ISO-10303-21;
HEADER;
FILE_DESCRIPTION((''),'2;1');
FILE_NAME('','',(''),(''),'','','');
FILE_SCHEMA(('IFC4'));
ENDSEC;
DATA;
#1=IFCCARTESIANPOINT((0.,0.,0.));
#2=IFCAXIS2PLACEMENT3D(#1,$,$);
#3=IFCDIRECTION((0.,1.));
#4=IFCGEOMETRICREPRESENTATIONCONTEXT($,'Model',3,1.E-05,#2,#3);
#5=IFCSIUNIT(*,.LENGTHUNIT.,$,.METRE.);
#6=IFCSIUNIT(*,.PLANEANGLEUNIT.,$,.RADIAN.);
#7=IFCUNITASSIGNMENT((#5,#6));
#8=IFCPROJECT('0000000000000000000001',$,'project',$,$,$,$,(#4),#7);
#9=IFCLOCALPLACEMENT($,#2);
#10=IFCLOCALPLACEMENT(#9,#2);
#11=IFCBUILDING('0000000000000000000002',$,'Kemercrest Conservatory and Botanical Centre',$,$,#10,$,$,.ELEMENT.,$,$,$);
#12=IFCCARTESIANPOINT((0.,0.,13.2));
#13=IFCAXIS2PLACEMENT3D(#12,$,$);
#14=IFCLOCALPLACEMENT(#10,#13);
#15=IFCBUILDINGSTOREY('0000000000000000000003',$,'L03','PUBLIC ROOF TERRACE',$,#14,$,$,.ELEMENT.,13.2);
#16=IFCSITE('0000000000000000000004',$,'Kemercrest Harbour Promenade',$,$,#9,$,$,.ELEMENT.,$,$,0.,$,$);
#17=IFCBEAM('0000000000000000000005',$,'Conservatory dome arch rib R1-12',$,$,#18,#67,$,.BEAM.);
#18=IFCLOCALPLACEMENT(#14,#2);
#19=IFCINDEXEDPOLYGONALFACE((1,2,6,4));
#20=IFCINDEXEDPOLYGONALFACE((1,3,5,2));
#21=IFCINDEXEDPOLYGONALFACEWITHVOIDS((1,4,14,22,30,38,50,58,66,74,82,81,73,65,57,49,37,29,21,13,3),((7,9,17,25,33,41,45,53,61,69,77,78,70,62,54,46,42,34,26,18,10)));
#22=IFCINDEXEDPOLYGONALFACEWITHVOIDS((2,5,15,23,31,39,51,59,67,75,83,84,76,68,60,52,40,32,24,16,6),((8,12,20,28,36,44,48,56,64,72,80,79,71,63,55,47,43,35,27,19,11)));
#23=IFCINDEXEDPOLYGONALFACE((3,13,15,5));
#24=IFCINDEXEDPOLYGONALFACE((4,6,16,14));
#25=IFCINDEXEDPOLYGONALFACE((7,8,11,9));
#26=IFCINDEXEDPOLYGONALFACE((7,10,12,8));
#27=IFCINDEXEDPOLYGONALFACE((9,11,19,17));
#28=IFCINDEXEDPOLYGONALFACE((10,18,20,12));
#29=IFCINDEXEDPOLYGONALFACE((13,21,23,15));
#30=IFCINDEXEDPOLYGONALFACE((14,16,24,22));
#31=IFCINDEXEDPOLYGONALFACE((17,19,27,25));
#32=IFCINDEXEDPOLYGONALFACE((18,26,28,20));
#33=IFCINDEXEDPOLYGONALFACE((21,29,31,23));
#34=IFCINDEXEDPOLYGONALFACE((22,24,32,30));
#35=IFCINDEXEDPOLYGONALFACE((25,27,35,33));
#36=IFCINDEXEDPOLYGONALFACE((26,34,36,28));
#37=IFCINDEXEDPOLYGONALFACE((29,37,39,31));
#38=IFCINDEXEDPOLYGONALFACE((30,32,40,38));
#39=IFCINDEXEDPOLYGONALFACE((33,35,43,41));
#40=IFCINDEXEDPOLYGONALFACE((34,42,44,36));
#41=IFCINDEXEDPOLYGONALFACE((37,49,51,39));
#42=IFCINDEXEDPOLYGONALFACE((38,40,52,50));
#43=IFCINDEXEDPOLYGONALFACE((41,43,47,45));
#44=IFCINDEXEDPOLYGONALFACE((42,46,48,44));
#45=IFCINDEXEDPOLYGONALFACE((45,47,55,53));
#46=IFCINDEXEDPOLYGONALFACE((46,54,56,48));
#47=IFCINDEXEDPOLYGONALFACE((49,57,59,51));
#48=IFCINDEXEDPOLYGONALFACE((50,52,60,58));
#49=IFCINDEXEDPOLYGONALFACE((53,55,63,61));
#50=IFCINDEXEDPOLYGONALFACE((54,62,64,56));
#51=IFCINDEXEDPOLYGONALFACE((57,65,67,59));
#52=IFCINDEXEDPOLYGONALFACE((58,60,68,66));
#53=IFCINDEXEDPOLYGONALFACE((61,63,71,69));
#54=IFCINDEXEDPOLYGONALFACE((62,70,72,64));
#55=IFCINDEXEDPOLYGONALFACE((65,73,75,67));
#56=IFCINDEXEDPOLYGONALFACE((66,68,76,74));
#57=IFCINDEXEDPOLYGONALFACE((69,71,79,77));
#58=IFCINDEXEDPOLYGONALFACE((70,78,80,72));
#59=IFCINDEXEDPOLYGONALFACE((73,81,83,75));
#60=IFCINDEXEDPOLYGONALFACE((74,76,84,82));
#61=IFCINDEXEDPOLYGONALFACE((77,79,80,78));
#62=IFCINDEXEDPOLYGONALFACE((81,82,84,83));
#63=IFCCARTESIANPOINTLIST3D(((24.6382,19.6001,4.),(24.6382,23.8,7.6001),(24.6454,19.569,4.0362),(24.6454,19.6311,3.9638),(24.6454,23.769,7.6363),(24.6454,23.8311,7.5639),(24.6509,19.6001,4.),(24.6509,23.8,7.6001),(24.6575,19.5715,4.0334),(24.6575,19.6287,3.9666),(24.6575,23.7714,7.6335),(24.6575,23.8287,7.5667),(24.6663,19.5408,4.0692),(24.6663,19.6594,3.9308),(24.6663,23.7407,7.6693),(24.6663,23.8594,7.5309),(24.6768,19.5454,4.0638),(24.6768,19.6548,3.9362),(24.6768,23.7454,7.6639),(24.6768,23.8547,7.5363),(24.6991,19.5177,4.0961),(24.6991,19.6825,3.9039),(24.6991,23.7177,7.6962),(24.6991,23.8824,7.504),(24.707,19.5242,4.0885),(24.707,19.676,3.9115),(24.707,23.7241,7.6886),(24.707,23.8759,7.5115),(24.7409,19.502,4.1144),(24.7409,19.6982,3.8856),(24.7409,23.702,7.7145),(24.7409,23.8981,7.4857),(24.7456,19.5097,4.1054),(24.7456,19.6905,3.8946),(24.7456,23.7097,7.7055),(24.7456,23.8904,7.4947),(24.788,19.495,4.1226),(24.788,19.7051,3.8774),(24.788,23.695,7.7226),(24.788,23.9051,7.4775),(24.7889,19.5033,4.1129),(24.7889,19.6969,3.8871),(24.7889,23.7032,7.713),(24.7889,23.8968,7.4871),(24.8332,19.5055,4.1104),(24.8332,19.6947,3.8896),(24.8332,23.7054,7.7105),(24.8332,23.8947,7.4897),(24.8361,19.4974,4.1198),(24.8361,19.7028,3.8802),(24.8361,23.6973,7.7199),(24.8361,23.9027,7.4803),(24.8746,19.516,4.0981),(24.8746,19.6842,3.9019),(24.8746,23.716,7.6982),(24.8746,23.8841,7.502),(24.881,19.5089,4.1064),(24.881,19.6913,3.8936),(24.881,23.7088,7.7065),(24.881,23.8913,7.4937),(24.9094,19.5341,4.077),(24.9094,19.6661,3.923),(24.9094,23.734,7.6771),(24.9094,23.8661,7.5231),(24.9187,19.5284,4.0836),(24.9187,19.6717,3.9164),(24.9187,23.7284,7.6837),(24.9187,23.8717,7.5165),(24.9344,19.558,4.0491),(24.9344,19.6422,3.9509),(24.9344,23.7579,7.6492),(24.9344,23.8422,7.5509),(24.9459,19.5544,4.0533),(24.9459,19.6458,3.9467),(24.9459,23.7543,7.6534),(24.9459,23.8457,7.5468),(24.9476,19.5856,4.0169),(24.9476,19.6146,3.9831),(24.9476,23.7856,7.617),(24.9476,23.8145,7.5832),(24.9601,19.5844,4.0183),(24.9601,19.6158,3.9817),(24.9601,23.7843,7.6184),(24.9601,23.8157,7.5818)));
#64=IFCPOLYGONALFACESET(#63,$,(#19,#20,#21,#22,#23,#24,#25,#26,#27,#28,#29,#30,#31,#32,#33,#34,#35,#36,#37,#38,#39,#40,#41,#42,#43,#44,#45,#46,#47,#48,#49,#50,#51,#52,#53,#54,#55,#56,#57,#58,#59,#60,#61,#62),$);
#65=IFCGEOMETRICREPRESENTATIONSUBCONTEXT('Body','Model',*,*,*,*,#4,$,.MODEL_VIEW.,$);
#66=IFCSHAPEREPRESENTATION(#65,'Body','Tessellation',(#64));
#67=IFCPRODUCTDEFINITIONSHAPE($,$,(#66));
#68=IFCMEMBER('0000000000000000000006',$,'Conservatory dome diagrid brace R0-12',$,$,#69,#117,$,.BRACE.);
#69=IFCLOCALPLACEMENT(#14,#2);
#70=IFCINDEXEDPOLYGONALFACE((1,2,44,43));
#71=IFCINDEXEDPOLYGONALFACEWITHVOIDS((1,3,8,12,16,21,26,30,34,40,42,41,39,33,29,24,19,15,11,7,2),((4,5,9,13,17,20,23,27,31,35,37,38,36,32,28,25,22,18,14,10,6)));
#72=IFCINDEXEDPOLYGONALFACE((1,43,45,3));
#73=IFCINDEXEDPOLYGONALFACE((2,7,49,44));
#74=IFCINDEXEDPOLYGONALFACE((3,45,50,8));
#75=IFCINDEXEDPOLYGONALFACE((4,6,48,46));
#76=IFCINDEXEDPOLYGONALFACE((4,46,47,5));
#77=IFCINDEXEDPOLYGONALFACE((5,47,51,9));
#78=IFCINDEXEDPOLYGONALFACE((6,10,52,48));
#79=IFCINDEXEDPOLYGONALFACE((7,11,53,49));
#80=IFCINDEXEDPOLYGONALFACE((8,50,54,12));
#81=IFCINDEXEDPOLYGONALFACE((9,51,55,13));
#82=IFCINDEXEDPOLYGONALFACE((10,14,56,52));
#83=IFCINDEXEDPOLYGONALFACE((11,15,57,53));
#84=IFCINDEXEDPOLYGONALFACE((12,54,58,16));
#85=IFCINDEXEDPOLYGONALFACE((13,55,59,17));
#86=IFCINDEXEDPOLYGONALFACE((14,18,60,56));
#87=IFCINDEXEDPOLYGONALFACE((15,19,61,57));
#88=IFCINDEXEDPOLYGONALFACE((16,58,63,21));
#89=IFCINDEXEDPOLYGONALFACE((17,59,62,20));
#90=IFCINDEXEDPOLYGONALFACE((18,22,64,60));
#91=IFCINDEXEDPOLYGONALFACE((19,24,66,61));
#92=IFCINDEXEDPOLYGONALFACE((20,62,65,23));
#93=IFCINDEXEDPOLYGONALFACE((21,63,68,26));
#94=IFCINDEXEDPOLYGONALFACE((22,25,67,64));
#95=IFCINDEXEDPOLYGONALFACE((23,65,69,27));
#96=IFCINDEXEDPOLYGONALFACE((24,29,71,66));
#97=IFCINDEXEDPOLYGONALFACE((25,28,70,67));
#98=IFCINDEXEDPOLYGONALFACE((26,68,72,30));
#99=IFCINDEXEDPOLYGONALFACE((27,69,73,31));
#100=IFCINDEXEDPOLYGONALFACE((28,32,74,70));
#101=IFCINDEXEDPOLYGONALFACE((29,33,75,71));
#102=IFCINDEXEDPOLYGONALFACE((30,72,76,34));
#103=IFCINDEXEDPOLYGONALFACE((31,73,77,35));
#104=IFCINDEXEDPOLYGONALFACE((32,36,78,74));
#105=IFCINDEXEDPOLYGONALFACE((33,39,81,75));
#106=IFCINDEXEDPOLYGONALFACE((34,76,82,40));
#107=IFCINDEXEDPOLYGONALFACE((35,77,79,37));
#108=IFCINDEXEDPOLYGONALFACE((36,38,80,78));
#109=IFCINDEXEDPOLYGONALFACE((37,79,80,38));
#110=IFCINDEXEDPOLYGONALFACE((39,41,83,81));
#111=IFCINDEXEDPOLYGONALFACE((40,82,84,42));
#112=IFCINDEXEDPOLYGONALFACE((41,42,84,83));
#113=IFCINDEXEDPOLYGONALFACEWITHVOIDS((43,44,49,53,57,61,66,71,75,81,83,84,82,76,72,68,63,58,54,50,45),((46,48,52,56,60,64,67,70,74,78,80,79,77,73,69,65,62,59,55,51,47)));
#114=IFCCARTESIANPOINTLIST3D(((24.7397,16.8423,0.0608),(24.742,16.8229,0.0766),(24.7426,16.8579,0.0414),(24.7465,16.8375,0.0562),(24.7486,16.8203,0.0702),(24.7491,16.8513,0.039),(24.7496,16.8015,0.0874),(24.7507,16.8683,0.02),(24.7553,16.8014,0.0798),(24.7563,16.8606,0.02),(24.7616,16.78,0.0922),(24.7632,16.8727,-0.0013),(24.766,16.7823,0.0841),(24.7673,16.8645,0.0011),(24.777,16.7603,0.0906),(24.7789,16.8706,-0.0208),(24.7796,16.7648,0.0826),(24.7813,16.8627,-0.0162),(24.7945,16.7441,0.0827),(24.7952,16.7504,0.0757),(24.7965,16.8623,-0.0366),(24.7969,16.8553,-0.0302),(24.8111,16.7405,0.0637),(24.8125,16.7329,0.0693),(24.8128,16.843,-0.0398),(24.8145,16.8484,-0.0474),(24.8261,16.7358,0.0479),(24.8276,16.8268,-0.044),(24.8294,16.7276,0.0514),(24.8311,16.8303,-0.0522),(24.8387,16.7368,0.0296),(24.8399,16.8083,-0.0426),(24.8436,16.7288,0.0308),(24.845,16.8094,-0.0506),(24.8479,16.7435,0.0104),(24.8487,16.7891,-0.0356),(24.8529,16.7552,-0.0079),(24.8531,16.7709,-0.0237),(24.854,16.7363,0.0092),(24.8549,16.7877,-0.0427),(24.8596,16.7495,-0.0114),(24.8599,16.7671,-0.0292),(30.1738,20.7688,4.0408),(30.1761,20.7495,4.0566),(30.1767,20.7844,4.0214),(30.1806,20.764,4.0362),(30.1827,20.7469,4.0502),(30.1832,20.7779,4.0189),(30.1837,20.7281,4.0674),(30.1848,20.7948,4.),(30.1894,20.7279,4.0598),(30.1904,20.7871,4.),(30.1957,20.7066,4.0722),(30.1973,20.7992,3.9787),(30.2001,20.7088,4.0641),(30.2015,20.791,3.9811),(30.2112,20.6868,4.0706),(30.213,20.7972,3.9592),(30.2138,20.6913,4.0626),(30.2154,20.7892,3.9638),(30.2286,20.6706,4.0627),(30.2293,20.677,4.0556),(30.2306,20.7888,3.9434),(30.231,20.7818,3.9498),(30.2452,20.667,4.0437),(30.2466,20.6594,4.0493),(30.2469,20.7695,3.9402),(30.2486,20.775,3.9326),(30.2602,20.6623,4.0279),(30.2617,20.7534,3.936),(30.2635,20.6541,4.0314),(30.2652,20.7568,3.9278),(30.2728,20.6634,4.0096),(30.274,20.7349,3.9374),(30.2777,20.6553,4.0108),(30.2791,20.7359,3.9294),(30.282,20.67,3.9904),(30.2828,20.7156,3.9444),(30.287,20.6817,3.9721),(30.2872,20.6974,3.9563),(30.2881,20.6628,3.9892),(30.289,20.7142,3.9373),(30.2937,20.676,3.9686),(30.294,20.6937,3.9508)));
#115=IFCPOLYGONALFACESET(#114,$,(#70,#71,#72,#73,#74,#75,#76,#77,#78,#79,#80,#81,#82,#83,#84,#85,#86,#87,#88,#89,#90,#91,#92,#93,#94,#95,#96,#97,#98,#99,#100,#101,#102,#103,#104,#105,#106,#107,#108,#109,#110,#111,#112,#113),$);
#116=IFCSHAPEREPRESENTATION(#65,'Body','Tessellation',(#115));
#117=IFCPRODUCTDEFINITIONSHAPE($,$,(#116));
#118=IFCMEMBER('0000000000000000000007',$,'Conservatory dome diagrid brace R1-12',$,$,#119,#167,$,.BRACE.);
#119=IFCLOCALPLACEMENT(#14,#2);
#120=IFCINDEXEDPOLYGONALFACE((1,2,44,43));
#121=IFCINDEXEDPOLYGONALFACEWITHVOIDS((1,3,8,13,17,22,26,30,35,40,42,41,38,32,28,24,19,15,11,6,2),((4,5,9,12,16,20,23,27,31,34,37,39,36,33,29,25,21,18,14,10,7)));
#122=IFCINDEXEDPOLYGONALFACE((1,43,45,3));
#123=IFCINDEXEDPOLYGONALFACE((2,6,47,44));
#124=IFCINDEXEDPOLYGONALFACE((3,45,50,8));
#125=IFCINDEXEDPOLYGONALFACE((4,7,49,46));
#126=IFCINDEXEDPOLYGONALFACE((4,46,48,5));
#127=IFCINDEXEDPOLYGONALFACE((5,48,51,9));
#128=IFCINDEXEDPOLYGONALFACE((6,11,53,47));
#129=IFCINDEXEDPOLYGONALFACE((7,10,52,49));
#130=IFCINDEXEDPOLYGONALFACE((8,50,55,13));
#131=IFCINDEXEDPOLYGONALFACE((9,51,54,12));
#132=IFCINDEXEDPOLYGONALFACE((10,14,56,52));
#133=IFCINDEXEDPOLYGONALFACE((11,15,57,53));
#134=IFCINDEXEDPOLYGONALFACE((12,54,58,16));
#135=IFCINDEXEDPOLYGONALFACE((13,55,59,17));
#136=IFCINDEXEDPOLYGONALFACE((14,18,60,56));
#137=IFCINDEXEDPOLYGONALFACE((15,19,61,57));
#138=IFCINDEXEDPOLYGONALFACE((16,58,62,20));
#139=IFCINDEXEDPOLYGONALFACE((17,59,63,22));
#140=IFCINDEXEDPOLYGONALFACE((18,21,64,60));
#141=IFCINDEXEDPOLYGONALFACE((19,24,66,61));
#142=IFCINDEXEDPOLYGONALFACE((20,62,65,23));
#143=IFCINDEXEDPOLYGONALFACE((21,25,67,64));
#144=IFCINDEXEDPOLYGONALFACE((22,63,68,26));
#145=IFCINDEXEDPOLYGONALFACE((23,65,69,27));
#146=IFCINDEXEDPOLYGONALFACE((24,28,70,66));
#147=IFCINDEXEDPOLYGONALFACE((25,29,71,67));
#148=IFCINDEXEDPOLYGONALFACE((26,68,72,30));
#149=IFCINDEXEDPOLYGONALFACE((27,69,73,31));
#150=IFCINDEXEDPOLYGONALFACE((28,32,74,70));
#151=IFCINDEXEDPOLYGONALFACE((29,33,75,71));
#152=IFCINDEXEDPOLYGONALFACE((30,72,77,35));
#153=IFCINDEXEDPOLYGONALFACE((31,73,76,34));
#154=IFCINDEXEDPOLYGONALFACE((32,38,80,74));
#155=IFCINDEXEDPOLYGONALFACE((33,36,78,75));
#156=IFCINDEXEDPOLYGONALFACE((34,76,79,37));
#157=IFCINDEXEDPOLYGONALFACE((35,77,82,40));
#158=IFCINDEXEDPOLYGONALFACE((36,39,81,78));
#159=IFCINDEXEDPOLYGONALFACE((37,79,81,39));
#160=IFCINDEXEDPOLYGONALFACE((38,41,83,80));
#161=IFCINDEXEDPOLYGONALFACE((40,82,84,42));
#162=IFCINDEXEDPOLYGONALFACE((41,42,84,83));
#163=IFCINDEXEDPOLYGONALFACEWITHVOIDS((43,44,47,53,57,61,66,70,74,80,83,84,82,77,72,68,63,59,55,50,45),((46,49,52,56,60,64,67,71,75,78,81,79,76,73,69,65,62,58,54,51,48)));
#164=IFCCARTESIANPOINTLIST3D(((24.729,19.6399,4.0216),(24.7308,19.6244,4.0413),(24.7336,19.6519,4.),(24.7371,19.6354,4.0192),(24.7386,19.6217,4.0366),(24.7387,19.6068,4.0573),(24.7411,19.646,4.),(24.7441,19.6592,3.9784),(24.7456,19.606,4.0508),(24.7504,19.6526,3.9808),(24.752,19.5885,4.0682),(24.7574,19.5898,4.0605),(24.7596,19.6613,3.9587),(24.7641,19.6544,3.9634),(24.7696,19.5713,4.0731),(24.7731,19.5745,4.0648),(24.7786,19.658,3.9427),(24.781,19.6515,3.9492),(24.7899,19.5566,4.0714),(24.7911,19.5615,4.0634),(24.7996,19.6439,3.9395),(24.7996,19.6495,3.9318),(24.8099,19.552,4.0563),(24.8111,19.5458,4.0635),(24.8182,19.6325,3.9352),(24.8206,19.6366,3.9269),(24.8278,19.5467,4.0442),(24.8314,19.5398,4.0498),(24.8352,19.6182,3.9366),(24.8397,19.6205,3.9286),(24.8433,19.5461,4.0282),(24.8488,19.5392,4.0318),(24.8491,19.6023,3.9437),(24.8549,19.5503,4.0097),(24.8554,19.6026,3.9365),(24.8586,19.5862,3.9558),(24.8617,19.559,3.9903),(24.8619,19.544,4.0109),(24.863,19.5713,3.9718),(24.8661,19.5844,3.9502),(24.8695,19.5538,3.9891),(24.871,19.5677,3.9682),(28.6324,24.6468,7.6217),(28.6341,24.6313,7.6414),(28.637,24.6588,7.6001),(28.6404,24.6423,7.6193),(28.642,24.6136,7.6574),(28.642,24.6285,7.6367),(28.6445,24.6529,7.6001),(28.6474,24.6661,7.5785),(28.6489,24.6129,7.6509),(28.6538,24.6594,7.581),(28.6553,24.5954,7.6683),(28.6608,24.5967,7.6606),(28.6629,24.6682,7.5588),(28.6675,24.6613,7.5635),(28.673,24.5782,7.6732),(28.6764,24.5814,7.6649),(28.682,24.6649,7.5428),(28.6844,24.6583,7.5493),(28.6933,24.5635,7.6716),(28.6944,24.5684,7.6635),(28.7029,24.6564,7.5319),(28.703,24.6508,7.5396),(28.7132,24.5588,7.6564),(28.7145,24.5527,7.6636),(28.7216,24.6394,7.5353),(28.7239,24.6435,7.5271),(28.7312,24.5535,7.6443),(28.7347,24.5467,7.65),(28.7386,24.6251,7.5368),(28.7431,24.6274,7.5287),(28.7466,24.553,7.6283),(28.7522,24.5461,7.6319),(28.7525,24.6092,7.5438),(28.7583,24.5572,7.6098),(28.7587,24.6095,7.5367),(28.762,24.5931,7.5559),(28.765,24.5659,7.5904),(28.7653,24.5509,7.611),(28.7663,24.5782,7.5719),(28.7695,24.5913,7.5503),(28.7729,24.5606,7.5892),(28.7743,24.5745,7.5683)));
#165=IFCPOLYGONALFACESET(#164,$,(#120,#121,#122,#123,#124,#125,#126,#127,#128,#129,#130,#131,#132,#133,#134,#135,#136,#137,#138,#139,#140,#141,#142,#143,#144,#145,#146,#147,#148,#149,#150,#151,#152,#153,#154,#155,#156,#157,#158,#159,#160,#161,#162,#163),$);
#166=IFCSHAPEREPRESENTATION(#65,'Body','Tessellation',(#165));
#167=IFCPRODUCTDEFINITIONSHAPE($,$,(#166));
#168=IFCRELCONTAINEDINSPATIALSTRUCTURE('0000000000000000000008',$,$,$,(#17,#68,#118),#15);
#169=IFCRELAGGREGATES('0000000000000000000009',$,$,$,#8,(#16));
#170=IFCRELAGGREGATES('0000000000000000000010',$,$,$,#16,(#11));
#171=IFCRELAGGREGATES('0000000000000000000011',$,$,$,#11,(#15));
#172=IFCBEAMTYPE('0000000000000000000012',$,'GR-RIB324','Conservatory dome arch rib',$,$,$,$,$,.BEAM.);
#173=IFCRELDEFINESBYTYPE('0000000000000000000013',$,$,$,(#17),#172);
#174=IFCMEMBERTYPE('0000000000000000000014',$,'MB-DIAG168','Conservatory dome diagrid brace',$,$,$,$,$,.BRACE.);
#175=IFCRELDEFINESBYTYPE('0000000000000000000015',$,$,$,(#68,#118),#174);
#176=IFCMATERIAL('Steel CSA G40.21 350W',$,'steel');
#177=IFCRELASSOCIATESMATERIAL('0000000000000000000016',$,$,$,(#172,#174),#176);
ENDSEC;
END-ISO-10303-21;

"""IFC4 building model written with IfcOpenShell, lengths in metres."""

from ifc_helpers import new_model, si_unit, direction, frame, origin, origin_2d, place, context, subcontext, project, spatial, hollow_circle, extrude, material, material_profile, profile_set, type_object, element, save


model = new_model("IFC4")

# Units and contexts
model_context = context("Model", 3, precision=1e-05, world=origin(), true_north=direction((0.0, 1.0)))
body_context = subcontext(model_context, "Body", "Model", "MODEL_VIEW")
ifc_project = project(units=[si_unit("LENGTHUNIT", "METRE"), si_unit("PLANEANGLEUNIT", "RADIAN")], contexts=[model_context])

# Site, building, storey
site_placement = place(None, origin())
site = spatial("IfcSite", under=ifc_project, at=site_placement, Name="Kemercrest Harbour Promenade", CompositionType="ELEMENT", RefElevation=0.0)
building_placement = place(site_placement, origin())
building = spatial("IfcBuilding", under=site, at=building_placement, Name="Kemercrest Conservatory and Botanical Centre", CompositionType="ELEMENT")
storey_placement = place(building_placement, frame((0.0, 0.0, 13.2)))
storey = spatial("IfcBuildingStorey", under=building, at=storey_placement, Name="L03", Description="PUBLIC ROOF TERRACE", CompositionType="ELEMENT", Elevation=13.2)

# Beam
ifc_material_1 = material(Name="Steel CSA G40.21 350W", Category="steel")
ifc_material_profile_1 = material_profile(ifc_material_1, hollow_circle(Radius=0.1619, WallThickness=0.0127, at=origin_2d()), Name="CHS 323.9x12.7")
ifc_profile_set_1 = profile_set([ifc_material_profile_1], Name="Steel CSA G40.21 350W")
beam_type_1 = type_object("IfcBeamType", Name="GR-RIB324", Description="Conservatory dome arch rib", PredefinedType="BEAM", material=ifc_profile_set_1)
beam_1_placement = place(storey_placement, frame((24.8, 19.6001, 4.0), z_axis=(0.0, 0.759244, 0.650806), x_axis=(-1.0, 0.0, 0.0)))
element("IfcBeam", 1, at=beam_1_placement, inside=storey, type_object=beam_type_1, Name="Conservatory dome arch rib R1-12", PredefinedType="BEAM", context=body_context, shape_type="SweptSolid", body=[
    extrude(hollow_circle(Radius=0.1619, WallThickness=0.0127, at=origin_2d()), origin(), (0.0, 0.0, 1.0), 5.5317),
])

# Members
ifc_material_profile_2 = material_profile(ifc_material_1, hollow_circle(Radius=0.0842, WallThickness=0.0095, at=origin_2d()), Name="CHS 168.3x9.5")
ifc_profile_set_2 = profile_set([ifc_material_profile_2], Name="Steel CSA G40.21 350W")
member_type_1 = type_object("IfcMemberType", Name="MB-DIAG168", Description="Conservatory dome diagrid brace", PredefinedType="BRACE", material=ifc_profile_set_2)
member_1_placement = place(storey_placement, frame((24.8, 16.8, 0.02), z_axis=(0.696981, 0.503619, 0.510476), x_axis=(-0.585677, 0.810545, 0.0)))
element("IfcMember", 2, at=member_1_placement, inside=storey, type_object=member_type_1, Name="Conservatory dome diagrid brace R0-12", PredefinedType="BRACE", context=body_context, shape_type="SweptSolid", body=[
    extrude(hollow_circle(Radius=0.0842, WallThickness=0.0095, at=origin_2d()), origin(), (0.0, 0.0, 1.0), 7.7966),
])
member_2_placement = place(storey_placement, frame((24.8, 19.6001, 4.0), z_axis=(0.534827, 0.686029, 0.49328), x_axis=(-0.788656, 0.614835, 0.0)))
element("IfcMember", 3, at=member_2_placement, inside=storey, type_object=member_type_1, Name="Conservatory dome diagrid brace R1-12", PredefinedType="BRACE", context=body_context, shape_type="SweptSolid", body=[
    extrude(hollow_circle(Radius=0.0842, WallThickness=0.0095, at=origin_2d()), origin(), (0.0, 0.0, 1.0), 7.2983),
])

save(model, "model.ifc")
